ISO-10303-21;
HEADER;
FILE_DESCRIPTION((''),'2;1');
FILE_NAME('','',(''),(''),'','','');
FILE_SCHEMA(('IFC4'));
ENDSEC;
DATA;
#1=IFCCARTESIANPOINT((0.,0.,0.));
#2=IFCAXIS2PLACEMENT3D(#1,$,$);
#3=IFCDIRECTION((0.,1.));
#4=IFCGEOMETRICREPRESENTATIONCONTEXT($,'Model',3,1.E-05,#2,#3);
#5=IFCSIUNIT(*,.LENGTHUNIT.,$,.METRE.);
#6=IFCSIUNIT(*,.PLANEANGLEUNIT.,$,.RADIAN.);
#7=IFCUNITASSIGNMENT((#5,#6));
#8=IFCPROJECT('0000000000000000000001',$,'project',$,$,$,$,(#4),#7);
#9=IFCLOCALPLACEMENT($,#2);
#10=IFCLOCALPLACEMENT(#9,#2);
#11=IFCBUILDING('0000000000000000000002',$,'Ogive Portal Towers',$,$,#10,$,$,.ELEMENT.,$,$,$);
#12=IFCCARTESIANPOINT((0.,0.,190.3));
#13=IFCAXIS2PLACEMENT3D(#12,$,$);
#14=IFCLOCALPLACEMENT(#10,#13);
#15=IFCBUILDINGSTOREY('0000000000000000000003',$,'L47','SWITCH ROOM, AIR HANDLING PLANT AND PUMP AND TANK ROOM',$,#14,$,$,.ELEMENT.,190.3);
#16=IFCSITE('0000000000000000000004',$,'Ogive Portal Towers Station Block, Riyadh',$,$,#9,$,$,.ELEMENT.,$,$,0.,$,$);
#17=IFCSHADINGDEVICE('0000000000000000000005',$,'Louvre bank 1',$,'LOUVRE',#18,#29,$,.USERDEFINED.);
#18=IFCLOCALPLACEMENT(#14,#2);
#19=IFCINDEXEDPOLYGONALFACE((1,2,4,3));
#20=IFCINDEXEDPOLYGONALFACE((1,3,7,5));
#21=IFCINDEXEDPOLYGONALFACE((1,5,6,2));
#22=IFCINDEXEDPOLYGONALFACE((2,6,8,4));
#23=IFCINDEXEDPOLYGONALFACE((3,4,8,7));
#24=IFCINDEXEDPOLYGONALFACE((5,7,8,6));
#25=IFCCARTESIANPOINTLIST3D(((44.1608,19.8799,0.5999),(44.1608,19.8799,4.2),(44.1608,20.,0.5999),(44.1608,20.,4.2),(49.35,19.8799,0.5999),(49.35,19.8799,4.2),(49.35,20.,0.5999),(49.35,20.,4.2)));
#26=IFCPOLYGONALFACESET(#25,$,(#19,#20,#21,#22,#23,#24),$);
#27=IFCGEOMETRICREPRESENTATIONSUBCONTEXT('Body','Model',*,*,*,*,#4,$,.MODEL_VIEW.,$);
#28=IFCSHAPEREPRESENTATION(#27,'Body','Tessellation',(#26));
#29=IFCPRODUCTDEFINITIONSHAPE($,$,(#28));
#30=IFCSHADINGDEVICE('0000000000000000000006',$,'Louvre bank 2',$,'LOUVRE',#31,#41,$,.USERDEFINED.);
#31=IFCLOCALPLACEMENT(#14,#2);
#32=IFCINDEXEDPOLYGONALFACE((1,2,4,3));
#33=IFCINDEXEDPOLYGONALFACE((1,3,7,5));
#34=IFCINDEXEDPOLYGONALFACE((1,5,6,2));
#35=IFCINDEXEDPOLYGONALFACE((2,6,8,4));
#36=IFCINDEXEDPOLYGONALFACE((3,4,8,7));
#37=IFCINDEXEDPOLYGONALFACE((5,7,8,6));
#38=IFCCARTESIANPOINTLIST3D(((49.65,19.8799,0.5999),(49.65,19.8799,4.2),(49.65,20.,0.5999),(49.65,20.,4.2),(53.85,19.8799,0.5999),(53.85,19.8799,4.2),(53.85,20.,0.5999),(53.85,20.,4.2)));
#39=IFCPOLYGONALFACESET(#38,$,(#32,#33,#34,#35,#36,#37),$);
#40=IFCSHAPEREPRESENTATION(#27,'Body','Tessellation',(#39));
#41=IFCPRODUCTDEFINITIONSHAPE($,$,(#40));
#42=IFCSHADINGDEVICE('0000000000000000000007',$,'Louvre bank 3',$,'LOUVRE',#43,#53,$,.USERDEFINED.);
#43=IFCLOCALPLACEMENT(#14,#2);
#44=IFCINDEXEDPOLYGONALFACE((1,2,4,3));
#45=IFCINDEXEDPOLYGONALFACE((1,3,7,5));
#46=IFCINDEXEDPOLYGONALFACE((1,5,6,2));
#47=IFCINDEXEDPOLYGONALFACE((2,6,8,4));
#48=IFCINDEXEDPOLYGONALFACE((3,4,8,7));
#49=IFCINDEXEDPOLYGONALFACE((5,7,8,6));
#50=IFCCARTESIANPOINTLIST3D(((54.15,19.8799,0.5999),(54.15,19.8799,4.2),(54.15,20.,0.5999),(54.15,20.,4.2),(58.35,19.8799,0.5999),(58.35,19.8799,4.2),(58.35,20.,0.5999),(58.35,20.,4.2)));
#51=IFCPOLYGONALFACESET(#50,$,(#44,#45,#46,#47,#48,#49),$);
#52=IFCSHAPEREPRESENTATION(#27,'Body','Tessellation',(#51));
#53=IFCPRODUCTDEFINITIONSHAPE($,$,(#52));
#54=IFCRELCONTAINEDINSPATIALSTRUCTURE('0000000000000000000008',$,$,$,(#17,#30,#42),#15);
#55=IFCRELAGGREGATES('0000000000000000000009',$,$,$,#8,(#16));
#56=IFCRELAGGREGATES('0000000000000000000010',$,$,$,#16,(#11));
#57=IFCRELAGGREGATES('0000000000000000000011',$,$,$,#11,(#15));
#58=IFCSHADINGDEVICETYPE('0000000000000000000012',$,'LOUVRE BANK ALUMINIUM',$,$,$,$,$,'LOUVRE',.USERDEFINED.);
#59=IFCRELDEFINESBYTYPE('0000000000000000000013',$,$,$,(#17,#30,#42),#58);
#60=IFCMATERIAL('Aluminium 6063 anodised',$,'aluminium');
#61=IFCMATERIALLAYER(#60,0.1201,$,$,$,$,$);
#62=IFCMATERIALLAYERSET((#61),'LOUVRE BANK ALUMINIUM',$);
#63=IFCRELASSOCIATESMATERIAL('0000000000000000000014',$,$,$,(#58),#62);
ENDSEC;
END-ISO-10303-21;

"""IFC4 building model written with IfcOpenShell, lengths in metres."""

from ifc_helpers import new_model, si_unit, direction, frame, origin, origin_2d, place, context, subcontext, project, spatial, rectangle, extrude, material, layer, layer_set, type_object, element, save


model = new_model("IFC4")

# Units and contexts
model_context = context("Model", 3, precision=1e-05, world=origin(), true_north=direction((0.0, 1.0)))
body_context = subcontext(model_context, "Body", "Model", "MODEL_VIEW")
ifc_project = project(units=[si_unit("LENGTHUNIT", "METRE"), si_unit("PLANEANGLEUNIT", "RADIAN")], contexts=[model_context])

# Site, building, storey
site_placement = place(None, origin())
site = spatial("IfcSite", under=ifc_project, at=site_placement, Name="Ogive Portal Towers Station Block, Riyadh", CompositionType="ELEMENT", RefElevation=0.0)
building_placement = place(site_placement, origin())
building = spatial("IfcBuilding", under=site, at=building_placement, Name="Ogive Portal Towers", CompositionType="ELEMENT")
storey_placement = place(building_placement, frame((0.0, 0.0, 190.3)))
storey = spatial("IfcBuildingStorey", under=building, at=storey_placement, Name="L47", Description="SWITCH ROOM, AIR HANDLING PLANT AND PUMP AND TANK ROOM", CompositionType="ELEMENT", Elevation=190.3)

# Shading devices
ifc_material_1 = material(Name="Aluminium 6063 anodised", Category="aluminium")
ifc_layer_1 = layer(ifc_material_1, 0.1201)
ifc_layer_set_1 = layer_set([ifc_layer_1], Name="LOUVRE BANK ALUMINIUM")
shading_device_type = type_object("IfcShadingDeviceType", Name="LOUVRE BANK ALUMINIUM", ElementType="LOUVRE", PredefinedType="USERDEFINED", material=ifc_layer_set_1)
shading_device_placement = place(storey_placement, frame((46.7554, 19.9399, 0.5999), z_axis=(0.0, 0.0, 1.0), x_axis=(1.0, 0.0, 0.0)))
element("IfcShadingDevice", 1, at=shading_device_placement, inside=storey, type_object=shading_device_type, Name="Louvre bank 1", ObjectType="LOUVRE", PredefinedType="USERDEFINED", context=body_context, shape_type="SweptSolid", body=[
    extrude(rectangle(XDim=5.1892, YDim=0.1201, at=origin_2d()), origin(), (0.0, 0.0, 1.0), 3.6001),
])
for number, where, z_axis, x_axis, name in (
    (2, (51.75, 19.9399, 0.5999), (0.0, 0.0, 1.0), (1.0, 0.0, 0.0), "Louvre bank 2"),
    (3, (56.25, 19.9399, 0.5999), (0.0, 0.0, 1.0), (1.0, 0.0, 0.0), "Louvre bank 3"),
):
    element("IfcShadingDevice", number, at=place(storey_placement, frame(where, z_axis=z_axis, x_axis=x_axis)), inside=storey, type_object=shading_device_type, Name=name, ObjectType="LOUVRE", PredefinedType="USERDEFINED", context=body_context, shape_type="SweptSolid", body=[
        extrude(rectangle(XDim=4.2, YDim=0.1201, at=origin_2d()), origin(), (0.0, 0.0, 1.0), 3.6001),
    ])

save(model, "model.ifc")
